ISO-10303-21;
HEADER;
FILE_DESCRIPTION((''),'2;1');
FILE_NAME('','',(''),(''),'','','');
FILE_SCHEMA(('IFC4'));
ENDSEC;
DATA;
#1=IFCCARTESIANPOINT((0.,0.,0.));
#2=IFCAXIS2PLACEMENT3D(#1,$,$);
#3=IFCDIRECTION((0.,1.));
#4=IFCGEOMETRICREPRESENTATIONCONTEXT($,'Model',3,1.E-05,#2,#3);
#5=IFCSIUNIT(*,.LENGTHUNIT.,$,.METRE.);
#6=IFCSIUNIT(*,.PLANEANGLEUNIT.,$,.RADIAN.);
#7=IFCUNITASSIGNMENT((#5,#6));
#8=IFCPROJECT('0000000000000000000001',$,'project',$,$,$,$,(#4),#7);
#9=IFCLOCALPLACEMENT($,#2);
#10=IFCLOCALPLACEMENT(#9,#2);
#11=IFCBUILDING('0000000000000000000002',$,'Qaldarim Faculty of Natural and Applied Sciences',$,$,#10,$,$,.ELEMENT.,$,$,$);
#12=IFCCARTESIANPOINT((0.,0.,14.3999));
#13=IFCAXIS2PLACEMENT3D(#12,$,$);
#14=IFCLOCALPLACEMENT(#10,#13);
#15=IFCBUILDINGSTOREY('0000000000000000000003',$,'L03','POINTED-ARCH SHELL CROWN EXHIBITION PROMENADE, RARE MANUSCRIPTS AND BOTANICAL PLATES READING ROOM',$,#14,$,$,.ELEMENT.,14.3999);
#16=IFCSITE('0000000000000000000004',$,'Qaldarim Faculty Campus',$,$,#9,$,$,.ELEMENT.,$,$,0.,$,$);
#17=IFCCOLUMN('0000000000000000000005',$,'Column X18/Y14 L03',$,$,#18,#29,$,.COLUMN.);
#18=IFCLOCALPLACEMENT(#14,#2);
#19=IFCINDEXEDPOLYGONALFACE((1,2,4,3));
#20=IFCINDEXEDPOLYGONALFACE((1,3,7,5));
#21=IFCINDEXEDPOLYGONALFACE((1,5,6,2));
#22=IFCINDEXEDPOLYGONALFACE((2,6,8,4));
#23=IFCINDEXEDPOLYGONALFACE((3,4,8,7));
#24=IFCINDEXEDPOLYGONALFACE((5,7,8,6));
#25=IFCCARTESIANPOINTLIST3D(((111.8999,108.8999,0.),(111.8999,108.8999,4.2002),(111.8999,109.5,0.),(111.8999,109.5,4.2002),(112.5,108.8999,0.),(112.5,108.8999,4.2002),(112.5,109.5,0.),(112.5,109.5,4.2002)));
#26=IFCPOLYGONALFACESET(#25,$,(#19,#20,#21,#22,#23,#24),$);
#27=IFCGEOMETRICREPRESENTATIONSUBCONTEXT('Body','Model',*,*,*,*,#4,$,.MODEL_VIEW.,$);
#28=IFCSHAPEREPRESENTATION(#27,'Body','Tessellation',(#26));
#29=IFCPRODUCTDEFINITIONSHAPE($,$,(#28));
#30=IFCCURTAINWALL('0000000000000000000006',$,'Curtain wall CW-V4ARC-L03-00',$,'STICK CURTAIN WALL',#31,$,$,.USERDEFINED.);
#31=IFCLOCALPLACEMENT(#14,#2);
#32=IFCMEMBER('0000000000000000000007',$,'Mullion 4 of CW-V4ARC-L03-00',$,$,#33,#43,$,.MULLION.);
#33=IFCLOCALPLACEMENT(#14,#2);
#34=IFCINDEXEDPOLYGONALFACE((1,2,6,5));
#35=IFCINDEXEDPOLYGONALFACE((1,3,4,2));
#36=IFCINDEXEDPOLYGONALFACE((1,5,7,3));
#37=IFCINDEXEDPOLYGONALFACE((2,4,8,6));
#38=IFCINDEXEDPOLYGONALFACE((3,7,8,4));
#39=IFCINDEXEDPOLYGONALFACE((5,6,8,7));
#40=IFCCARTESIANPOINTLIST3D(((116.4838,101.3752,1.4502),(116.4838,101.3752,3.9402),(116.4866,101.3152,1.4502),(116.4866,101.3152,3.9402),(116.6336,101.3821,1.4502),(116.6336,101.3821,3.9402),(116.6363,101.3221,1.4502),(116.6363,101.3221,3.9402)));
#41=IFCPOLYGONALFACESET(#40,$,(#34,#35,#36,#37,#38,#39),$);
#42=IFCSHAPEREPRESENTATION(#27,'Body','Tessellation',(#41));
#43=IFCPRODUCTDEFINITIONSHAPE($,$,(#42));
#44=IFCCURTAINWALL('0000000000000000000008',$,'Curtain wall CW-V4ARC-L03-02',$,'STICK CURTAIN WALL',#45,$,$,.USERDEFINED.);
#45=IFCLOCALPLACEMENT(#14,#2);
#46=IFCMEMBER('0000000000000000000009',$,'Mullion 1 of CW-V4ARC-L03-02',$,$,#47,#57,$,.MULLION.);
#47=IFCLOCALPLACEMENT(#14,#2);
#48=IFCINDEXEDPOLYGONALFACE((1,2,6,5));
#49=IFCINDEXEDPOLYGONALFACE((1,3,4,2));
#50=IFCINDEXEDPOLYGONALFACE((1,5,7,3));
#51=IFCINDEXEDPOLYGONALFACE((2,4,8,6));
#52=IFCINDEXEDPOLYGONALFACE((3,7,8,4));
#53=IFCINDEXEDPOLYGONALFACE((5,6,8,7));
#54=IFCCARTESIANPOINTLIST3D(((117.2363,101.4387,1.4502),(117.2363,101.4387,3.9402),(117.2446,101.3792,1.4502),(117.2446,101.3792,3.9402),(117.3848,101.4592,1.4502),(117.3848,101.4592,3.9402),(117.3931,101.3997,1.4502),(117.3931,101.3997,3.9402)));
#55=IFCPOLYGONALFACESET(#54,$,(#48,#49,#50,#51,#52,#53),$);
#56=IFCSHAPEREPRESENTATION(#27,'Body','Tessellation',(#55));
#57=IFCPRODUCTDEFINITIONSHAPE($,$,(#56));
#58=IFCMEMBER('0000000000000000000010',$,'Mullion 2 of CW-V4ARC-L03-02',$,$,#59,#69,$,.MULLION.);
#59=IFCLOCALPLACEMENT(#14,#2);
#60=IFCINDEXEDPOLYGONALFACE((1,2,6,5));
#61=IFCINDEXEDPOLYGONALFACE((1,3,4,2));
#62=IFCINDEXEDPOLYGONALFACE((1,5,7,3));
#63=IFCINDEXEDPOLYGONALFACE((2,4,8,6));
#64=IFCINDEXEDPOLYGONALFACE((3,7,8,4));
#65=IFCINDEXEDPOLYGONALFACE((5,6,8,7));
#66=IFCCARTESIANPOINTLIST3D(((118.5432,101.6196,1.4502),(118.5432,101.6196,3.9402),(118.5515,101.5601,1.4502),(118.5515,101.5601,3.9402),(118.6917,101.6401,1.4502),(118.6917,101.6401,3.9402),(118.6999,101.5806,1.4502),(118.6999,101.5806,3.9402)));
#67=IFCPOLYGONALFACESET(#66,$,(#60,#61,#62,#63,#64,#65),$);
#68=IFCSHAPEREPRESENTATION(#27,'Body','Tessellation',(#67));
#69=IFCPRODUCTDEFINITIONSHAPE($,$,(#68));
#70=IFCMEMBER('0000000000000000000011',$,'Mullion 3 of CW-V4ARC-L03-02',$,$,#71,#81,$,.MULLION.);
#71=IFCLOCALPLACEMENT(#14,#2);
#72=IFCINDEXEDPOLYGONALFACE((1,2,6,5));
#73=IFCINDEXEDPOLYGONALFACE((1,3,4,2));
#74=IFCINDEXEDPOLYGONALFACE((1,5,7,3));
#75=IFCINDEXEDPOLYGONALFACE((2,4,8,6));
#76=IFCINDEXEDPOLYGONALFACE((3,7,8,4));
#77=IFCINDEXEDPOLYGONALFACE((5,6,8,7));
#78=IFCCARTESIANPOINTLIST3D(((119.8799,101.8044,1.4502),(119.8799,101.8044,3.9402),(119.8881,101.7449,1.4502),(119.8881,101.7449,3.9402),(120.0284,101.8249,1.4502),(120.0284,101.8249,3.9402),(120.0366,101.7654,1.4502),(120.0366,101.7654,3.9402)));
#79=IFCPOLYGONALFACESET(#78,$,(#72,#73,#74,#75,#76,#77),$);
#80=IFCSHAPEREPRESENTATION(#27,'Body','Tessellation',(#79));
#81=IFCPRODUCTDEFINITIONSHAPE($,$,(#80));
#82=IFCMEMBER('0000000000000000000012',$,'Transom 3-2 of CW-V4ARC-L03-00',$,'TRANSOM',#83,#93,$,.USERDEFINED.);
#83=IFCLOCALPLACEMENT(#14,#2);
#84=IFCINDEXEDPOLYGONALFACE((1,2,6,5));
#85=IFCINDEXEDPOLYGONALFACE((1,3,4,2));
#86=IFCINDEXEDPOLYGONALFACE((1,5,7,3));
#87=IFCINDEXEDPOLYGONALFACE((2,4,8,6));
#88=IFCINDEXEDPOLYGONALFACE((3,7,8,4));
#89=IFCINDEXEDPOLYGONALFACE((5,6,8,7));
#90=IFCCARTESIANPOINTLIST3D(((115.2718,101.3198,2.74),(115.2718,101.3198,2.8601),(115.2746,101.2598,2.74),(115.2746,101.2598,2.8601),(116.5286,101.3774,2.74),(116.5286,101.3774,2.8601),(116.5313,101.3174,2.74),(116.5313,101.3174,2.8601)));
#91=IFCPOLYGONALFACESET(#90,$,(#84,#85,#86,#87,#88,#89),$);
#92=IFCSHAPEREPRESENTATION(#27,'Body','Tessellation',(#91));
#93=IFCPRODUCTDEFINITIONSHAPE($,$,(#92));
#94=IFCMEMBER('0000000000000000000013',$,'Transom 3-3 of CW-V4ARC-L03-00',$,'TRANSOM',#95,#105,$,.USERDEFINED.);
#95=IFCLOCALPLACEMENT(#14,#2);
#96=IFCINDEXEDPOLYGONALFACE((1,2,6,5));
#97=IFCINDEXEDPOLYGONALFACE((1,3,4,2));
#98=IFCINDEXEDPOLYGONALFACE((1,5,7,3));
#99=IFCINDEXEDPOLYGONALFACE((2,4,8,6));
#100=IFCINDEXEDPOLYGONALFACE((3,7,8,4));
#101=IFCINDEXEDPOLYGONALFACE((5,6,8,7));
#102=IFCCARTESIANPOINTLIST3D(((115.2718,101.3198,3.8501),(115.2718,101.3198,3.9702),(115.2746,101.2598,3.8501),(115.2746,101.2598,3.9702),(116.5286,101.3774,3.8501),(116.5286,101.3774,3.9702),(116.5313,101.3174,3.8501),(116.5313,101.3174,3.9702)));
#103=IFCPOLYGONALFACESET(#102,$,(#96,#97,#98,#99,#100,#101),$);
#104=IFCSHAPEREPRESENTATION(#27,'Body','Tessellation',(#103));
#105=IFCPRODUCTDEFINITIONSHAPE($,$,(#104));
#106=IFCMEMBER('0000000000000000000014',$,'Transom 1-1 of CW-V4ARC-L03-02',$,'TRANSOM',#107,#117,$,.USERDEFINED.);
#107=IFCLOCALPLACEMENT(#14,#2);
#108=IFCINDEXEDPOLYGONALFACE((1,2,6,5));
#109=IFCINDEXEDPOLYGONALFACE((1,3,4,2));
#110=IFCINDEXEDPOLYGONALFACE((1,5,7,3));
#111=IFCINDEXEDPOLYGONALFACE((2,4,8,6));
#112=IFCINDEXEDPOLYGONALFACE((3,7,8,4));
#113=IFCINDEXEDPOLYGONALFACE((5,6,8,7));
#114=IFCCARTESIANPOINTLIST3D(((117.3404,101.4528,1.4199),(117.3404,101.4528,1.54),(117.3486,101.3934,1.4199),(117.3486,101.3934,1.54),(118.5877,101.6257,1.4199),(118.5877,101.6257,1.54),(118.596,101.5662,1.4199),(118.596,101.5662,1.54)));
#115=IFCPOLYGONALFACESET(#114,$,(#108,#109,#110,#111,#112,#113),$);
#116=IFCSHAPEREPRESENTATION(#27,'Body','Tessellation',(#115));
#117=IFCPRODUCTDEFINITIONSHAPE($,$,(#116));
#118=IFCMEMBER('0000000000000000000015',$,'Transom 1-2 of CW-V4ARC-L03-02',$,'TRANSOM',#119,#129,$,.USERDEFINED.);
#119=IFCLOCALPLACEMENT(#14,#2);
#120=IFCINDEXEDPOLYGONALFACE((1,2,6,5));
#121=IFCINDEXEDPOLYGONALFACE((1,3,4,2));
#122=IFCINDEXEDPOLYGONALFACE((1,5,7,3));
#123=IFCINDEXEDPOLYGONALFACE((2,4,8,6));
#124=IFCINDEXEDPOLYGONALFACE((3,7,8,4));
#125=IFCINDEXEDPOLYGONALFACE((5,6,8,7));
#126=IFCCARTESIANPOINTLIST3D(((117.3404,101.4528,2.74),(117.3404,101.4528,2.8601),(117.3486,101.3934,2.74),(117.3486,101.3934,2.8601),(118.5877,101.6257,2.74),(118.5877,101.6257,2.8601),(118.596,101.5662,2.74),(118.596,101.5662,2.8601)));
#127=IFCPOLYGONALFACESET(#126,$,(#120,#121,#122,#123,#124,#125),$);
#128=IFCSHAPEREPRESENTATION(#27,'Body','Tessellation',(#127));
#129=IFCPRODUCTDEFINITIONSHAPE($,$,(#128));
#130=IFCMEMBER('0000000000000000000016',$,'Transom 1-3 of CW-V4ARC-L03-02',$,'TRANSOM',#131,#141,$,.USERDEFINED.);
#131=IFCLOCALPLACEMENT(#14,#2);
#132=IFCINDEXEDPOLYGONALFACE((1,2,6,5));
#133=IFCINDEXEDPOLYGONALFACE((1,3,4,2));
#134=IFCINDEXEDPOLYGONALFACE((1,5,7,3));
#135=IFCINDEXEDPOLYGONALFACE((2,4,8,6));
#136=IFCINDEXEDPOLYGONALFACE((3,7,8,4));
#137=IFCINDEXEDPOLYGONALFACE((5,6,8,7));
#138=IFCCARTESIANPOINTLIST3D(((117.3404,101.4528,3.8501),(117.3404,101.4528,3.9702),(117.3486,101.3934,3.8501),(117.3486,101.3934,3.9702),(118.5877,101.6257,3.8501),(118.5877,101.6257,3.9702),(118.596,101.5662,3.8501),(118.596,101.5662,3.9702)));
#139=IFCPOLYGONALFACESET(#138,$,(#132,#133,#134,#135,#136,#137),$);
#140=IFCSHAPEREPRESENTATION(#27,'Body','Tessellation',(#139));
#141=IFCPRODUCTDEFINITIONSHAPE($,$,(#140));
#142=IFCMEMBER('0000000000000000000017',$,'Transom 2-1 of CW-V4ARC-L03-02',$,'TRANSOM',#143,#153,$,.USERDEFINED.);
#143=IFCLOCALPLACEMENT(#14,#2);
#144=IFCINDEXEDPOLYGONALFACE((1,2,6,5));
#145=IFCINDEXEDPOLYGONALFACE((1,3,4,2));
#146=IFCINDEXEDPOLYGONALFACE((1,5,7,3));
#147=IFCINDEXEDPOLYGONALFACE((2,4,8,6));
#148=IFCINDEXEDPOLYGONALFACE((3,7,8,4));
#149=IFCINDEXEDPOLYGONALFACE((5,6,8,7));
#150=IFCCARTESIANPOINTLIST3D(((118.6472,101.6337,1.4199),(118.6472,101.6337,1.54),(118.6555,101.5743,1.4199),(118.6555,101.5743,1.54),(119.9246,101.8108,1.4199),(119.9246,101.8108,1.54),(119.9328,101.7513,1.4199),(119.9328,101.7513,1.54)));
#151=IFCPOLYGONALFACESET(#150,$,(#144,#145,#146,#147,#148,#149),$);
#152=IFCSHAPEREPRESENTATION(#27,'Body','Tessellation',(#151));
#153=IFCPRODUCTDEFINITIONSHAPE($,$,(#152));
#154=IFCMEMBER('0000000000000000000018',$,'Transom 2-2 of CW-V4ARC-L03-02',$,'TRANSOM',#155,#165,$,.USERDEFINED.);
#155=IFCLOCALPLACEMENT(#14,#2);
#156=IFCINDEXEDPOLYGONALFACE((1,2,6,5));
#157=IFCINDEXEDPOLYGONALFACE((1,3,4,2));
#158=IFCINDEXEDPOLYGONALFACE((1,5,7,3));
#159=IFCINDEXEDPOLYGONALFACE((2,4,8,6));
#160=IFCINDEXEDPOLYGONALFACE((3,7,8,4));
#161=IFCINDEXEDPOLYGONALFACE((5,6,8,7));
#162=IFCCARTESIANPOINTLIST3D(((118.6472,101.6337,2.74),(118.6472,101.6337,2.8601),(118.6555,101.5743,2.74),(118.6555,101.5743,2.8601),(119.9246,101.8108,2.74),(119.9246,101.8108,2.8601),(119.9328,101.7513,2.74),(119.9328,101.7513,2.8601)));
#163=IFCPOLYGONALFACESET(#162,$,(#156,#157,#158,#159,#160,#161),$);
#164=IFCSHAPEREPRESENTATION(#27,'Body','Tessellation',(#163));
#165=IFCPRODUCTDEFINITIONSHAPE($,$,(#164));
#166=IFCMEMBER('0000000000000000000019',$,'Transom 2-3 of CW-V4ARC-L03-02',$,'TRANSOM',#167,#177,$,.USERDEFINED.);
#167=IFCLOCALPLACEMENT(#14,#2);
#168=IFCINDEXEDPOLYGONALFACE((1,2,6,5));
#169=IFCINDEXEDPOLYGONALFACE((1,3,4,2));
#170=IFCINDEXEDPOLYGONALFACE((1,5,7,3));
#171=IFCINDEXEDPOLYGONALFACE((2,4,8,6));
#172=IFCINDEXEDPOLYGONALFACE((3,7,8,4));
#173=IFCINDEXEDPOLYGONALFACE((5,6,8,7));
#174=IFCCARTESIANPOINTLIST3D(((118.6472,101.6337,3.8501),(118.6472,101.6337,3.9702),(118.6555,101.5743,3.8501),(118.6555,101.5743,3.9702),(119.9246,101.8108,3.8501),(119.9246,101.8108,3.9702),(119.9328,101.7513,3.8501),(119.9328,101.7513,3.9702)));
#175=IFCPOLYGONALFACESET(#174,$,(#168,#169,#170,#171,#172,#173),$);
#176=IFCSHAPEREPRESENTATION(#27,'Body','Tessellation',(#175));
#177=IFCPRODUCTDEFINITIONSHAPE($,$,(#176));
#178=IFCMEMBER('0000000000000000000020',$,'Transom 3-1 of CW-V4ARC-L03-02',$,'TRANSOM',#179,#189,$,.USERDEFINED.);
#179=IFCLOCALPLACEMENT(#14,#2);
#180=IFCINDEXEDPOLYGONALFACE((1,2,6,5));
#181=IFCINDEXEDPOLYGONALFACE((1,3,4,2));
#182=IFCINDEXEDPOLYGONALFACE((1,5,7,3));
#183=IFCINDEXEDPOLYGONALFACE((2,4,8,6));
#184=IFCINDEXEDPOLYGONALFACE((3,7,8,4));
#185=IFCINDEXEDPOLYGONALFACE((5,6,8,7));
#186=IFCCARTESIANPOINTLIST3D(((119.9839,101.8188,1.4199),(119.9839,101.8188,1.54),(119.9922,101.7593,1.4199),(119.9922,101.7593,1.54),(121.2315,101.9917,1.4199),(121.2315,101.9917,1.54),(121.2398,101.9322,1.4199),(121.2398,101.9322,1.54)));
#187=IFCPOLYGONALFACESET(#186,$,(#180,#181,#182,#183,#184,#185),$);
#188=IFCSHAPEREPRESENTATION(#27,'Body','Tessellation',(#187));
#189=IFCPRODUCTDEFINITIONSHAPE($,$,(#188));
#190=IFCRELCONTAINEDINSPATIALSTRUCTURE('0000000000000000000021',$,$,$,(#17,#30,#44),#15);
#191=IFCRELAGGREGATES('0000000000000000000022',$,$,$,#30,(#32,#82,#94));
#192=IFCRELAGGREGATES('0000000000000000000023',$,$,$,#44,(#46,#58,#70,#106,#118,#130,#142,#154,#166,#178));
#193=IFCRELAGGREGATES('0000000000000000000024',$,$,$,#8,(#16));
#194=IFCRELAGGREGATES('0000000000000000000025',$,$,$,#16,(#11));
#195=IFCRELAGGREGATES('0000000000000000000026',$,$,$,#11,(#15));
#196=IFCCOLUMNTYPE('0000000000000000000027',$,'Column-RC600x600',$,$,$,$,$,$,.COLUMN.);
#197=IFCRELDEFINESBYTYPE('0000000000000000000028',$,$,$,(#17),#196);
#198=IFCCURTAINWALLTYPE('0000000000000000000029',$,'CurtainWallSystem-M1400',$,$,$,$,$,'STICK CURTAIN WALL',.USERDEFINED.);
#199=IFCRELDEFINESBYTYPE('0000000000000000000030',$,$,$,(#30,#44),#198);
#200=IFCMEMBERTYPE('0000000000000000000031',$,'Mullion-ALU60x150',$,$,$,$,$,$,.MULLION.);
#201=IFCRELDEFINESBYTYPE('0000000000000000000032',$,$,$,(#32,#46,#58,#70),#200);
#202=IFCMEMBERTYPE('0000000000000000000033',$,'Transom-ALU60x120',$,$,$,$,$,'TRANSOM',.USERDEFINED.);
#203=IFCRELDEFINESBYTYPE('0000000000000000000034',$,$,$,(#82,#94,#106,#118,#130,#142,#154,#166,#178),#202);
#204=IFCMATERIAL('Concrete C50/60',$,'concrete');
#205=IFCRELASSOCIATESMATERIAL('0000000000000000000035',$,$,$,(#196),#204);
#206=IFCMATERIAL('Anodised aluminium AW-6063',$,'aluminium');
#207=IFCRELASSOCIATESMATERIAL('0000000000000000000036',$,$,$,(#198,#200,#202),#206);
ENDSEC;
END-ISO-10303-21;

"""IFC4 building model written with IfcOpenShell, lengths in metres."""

from ifc_helpers import new_model, si_unit, direction, frame, origin, origin_2d, place, context, subcontext, project, spatial, rectangle, extrude, material, material_profile, profile_set, type_object, element, aggregate, save


model = new_model("IFC4")

# Units and contexts
model_context = context("Model", 3, precision=1e-05, world=origin(), true_north=direction((0.0, 1.0)))
body_context = subcontext(model_context, "Body", "Model", "MODEL_VIEW")
ifc_project = project(units=[si_unit("LENGTHUNIT", "METRE"), si_unit("PLANEANGLEUNIT", "RADIAN")], contexts=[model_context])

# Site, building, storey
site_placement = place(None, origin())
site = spatial("IfcSite", under=ifc_project, at=site_placement, Name="Qaldarim Faculty Campus", CompositionType="ELEMENT", RefElevation=0.0)
building_placement = place(site_placement, origin())
building = spatial("IfcBuilding", under=site, at=building_placement, Name="Qaldarim Faculty of Natural and Applied Sciences", CompositionType="ELEMENT")
storey_placement = place(building_placement, frame((0.0, 0.0, 14.3999)))
storey = spatial("IfcBuildingStorey", under=building, at=storey_placement, Name="L03", Description="POINTED-ARCH SHELL CROWN EXHIBITION PROMENADE, RARE MANUSCRIPTS AND BOTANICAL PLATES READING ROOM", CompositionType="ELEMENT", Elevation=14.3999)

# Column
ifc_material_1 = material(Name="Concrete C50/60", Category="concrete")
ifc_material_profile_1 = material_profile(ifc_material_1, rectangle(XDim=0.6001, YDim=0.6001, at=origin_2d()), Name="RC-C600x600")
ifc_profile_set_1 = profile_set([ifc_material_profile_1], Name="Concrete C50/60")
column_type = type_object("IfcColumnType", Name="Column-RC600x600", PredefinedType="COLUMN", material=ifc_profile_set_1)
column_placement = place(storey_placement, frame((112.2, 109.2, 0.0), z_axis=(0.0, 0.0, 1.0), x_axis=(1.0, 0.0, 0.0)))
element("IfcColumn", 1, at=column_placement, inside=storey, type_object=column_type, Name="Column X18/Y14 L03", PredefinedType="COLUMN", context=body_context, shape_type="SweptSolid", body=[
    extrude(rectangle(XDim=0.6001, YDim=0.6001, at=origin_2d()), origin(), (0.0, 0.0, 1.0), 4.2002),
])

# Curtain wall, member
ifc_material_2 = material(Name="Anodised aluminium AW-6063", Category="aluminium")
curtain_wall_type = type_object("IfcCurtainWallType", Name="CurtainWallSystem-M1400", ElementType="STICK CURTAIN WALL", PredefinedType="USERDEFINED", material=ifc_material_2)
curtain_wall_1_placement = place(storey_placement, origin())
curtain_wall_1 = element("IfcCurtainWall", 2, at=curtain_wall_1_placement, inside=storey, type_object=curtain_wall_type, Name="Curtain wall CW-V4ARC-L03-00", ObjectType="STICK CURTAIN WALL", PredefinedType="USERDEFINED")
ifc_material_profile_2 = material_profile(ifc_material_2, rectangle(XDim=0.0601, YDim=0.1499, at=origin_2d()), Name="ALU-M60x150")
ifc_profile_set_2 = profile_set([ifc_material_profile_2], Name="Anodised aluminium AW-6063")
member_type_1 = type_object("IfcMemberType", Name="Mullion-ALU60x150", PredefinedType="MULLION", material=ifc_profile_set_2)
member_1_placement = place(storey_placement, frame((116.5601, 101.3486, 1.4502), z_axis=(0.0, 0.0, 1.0), x_axis=(-0.045747, 0.998953, 0.0)))
member_1 = element("IfcMember", 3, at=member_1_placement, type_object=member_type_1, Name="Mullion 4 of CW-V4ARC-L03-00", PredefinedType="MULLION", context=body_context, shape_type="SweptSolid", body=[
    extrude(rectangle(XDim=0.0601, YDim=0.1499, at=origin_2d()), origin(), (0.0, 0.0, 1.0), 2.49),
])

# Curtain wall, members
curtain_wall_2_placement = place(storey_placement, origin())
curtain_wall_2 = element("IfcCurtainWall", 4, at=curtain_wall_2_placement, inside=storey, type_object=curtain_wall_type, Name="Curtain wall CW-V4ARC-L03-02", ObjectType="STICK CURTAIN WALL", PredefinedType="USERDEFINED")
member_2_placement = place(storey_placement, frame((117.3147, 101.4192, 1.4502), z_axis=(0.0, 0.0, 1.0), x_axis=(-0.137099, 0.990557, 0.0)))
member_2 = element("IfcMember", 5, at=member_2_placement, type_object=member_type_1, Name="Mullion 1 of CW-V4ARC-L03-02", PredefinedType="MULLION", context=body_context, shape_type="SweptSolid", body=[
    extrude(rectangle(XDim=0.0601, YDim=0.1499, at=origin_2d()), origin(), (0.0, 0.0, 1.0), 2.49),
])
member_3_placement = place(storey_placement, frame((118.6216, 101.6001, 1.4502), z_axis=(0.0, 0.0, 1.0), x_axis=(-0.137099, 0.990557, 0.0)))
member_3 = element("IfcMember", 6, at=member_3_placement, type_object=member_type_1, Name="Mullion 2 of CW-V4ARC-L03-02", PredefinedType="MULLION", context=body_context, shape_type="SweptSolid", body=[
    extrude(rectangle(XDim=0.0601, YDim=0.1499, at=origin_2d()), origin(), (0.0, 0.0, 1.0), 2.49),
])
member_4_placement = place(storey_placement, frame((119.9583, 101.7849, 1.4502), z_axis=(0.0, 0.0, 1.0), x_axis=(-0.137099, 0.990557, 0.0)))
member_4 = element("IfcMember", 7, at=member_4_placement, type_object=member_type_1, Name="Mullion 3 of CW-V4ARC-L03-02", PredefinedType="MULLION", context=body_context, shape_type="SweptSolid", body=[
    extrude(rectangle(XDim=0.0601, YDim=0.1499, at=origin_2d()), origin(), (0.0, 0.0, 1.0), 2.49),
])

# Members
ifc_material_profile_3 = material_profile(ifc_material_2, rectangle(XDim=0.0601, YDim=0.1201, at=origin_2d()), Name="ALU-T60x120")
ifc_profile_set_3 = profile_set([ifc_material_profile_3], Name="Anodised aluminium AW-6063")
member_type_2 = type_object("IfcMemberType", Name="Transom-ALU60x120", ElementType="TRANSOM", PredefinedType="USERDEFINED", material=ifc_profile_set_3)
member_5_placement = place(storey_placement, frame((115.2732, 101.2898, 2.8), z_axis=(0.998951, 0.045795, 0.0), x_axis=(-0.045795, 0.998951, 0.0)))
member_5 = element("IfcMember", 8, at=member_5_placement, type_object=member_type_2, Name="Transom 3-2 of CW-V4ARC-L03-00", ObjectType="TRANSOM", PredefinedType="USERDEFINED", context=body_context, shape_type="SweptSolid", body=[
    extrude(rectangle(XDim=0.0601, YDim=0.1201, at=origin_2d()), origin(), (0.0, 0.0, 1.0), 1.2581),
])
member_6_placement = place(storey_placement, frame((115.2732, 101.2898, 3.9102), z_axis=(0.998951, 0.045795, 0.0), x_axis=(-0.045795, 0.998951, 0.0)))
member_6 = element("IfcMember", 9, at=member_6_placement, type_object=member_type_2, Name="Transom 3-3 of CW-V4ARC-L03-00", ObjectType="TRANSOM", PredefinedType="USERDEFINED", context=body_context, shape_type="SweptSolid", body=[
    extrude(rectangle(XDim=0.0601, YDim=0.1201, at=origin_2d()), origin(), (0.0, 0.0, 1.0), 1.2581),
])
member_7_placement = place(storey_placement, frame((117.3445, 101.4231, 1.48), z_axis=(0.990534, 0.137267, 0.0), x_axis=(-0.137267, 0.990534, 0.0)))
member_7 = element("IfcMember", 10, at=member_7_placement, type_object=member_type_2, Name="Transom 1-1 of CW-V4ARC-L03-02", ObjectType="TRANSOM", PredefinedType="USERDEFINED", context=body_context, shape_type="SweptSolid", body=[
    extrude(rectangle(XDim=0.0601, YDim=0.1201, at=origin_2d()), origin(), (0.0, 0.0, 1.0), 1.2593),
])
member_8_placement = place(storey_placement, frame((117.3445, 101.4231, 2.8), z_axis=(0.990534, 0.137267, 0.0), x_axis=(-0.137267, 0.990534, 0.0)))
member_8 = element("IfcMember", 11, at=member_8_placement, type_object=member_type_2, Name="Transom 1-2 of CW-V4ARC-L03-02", ObjectType="TRANSOM", PredefinedType="USERDEFINED", context=body_context, shape_type="SweptSolid", body=[
    extrude(rectangle(XDim=0.0601, YDim=0.1201, at=origin_2d()), origin(), (0.0, 0.0, 1.0), 1.2593),
])
member_9_placement = place(storey_placement, frame((117.3445, 101.4231, 3.9102), z_axis=(0.990534, 0.137267, 0.0), x_axis=(-0.137267, 0.990534, 0.0)))
member_9 = element("IfcMember", 12, at=member_9_placement, type_object=member_type_2, Name="Transom 1-3 of CW-V4ARC-L03-02", ObjectType="TRANSOM", PredefinedType="USERDEFINED", context=body_context, shape_type="SweptSolid", body=[
    extrude(rectangle(XDim=0.0601, YDim=0.1201, at=origin_2d()), origin(), (0.0, 0.0, 1.0), 1.2593),
])
member_10_placement = place(storey_placement, frame((118.6514, 101.604, 1.48), z_axis=(0.990535, 0.137259, 0.0), x_axis=(-0.137259, 0.990535, 0.0)))
member_10 = element("IfcMember", 13, at=member_10_placement, type_object=member_type_2, Name="Transom 2-1 of CW-V4ARC-L03-02", ObjectType="TRANSOM", PredefinedType="USERDEFINED", context=body_context, shape_type="SweptSolid", body=[
    extrude(rectangle(XDim=0.0601, YDim=0.1201, at=origin_2d()), origin(), (0.0, 0.0, 1.0), 1.2896),
])
member_11_placement = place(storey_placement, frame((118.6514, 101.604, 2.8), z_axis=(0.990535, 0.137259, 0.0), x_axis=(-0.137259, 0.990535, 0.0)))
member_11 = element("IfcMember", 14, at=member_11_placement, type_object=member_type_2, Name="Transom 2-2 of CW-V4ARC-L03-02", ObjectType="TRANSOM", PredefinedType="USERDEFINED", context=body_context, shape_type="SweptSolid", body=[
    extrude(rectangle(XDim=0.0601, YDim=0.1201, at=origin_2d()), origin(), (0.0, 0.0, 1.0), 1.2896),
])
member_12_placement = place(storey_placement, frame((118.6514, 101.604, 3.9102), z_axis=(0.990535, 0.137259, 0.0), x_axis=(-0.137259, 0.990535, 0.0)))
member_12 = element("IfcMember", 15, at=member_12_placement, type_object=member_type_2, Name="Transom 2-3 of CW-V4ARC-L03-02", ObjectType="TRANSOM", PredefinedType="USERDEFINED", context=body_context, shape_type="SweptSolid", body=[
    extrude(rectangle(XDim=0.0601, YDim=0.1201, at=origin_2d()), origin(), (0.0, 0.0, 1.0), 1.2896),
])
member_13_placement = place(storey_placement, frame((119.988, 101.7891, 1.48), z_axis=(0.990538, 0.137241, 0.0), x_axis=(-0.137241, 0.990538, 0.0)))
member_13 = element("IfcMember", 16, at=member_13_placement, type_object=member_type_2, Name="Transom 3-1 of CW-V4ARC-L03-02", ObjectType="TRANSOM", PredefinedType="USERDEFINED", context=body_context, shape_type="SweptSolid", body=[
    extrude(rectangle(XDim=0.0601, YDim=0.1201, at=origin_2d()), origin(), (0.0, 0.0, 1.0), 1.2595),
])

aggregate(curtain_wall_1, [member_1, member_5, member_6])
aggregate(curtain_wall_2, [member_2, member_3, member_4, member_7, member_8, member_9, member_10, member_11, member_12, member_13])

save(model, "model.ifc")
